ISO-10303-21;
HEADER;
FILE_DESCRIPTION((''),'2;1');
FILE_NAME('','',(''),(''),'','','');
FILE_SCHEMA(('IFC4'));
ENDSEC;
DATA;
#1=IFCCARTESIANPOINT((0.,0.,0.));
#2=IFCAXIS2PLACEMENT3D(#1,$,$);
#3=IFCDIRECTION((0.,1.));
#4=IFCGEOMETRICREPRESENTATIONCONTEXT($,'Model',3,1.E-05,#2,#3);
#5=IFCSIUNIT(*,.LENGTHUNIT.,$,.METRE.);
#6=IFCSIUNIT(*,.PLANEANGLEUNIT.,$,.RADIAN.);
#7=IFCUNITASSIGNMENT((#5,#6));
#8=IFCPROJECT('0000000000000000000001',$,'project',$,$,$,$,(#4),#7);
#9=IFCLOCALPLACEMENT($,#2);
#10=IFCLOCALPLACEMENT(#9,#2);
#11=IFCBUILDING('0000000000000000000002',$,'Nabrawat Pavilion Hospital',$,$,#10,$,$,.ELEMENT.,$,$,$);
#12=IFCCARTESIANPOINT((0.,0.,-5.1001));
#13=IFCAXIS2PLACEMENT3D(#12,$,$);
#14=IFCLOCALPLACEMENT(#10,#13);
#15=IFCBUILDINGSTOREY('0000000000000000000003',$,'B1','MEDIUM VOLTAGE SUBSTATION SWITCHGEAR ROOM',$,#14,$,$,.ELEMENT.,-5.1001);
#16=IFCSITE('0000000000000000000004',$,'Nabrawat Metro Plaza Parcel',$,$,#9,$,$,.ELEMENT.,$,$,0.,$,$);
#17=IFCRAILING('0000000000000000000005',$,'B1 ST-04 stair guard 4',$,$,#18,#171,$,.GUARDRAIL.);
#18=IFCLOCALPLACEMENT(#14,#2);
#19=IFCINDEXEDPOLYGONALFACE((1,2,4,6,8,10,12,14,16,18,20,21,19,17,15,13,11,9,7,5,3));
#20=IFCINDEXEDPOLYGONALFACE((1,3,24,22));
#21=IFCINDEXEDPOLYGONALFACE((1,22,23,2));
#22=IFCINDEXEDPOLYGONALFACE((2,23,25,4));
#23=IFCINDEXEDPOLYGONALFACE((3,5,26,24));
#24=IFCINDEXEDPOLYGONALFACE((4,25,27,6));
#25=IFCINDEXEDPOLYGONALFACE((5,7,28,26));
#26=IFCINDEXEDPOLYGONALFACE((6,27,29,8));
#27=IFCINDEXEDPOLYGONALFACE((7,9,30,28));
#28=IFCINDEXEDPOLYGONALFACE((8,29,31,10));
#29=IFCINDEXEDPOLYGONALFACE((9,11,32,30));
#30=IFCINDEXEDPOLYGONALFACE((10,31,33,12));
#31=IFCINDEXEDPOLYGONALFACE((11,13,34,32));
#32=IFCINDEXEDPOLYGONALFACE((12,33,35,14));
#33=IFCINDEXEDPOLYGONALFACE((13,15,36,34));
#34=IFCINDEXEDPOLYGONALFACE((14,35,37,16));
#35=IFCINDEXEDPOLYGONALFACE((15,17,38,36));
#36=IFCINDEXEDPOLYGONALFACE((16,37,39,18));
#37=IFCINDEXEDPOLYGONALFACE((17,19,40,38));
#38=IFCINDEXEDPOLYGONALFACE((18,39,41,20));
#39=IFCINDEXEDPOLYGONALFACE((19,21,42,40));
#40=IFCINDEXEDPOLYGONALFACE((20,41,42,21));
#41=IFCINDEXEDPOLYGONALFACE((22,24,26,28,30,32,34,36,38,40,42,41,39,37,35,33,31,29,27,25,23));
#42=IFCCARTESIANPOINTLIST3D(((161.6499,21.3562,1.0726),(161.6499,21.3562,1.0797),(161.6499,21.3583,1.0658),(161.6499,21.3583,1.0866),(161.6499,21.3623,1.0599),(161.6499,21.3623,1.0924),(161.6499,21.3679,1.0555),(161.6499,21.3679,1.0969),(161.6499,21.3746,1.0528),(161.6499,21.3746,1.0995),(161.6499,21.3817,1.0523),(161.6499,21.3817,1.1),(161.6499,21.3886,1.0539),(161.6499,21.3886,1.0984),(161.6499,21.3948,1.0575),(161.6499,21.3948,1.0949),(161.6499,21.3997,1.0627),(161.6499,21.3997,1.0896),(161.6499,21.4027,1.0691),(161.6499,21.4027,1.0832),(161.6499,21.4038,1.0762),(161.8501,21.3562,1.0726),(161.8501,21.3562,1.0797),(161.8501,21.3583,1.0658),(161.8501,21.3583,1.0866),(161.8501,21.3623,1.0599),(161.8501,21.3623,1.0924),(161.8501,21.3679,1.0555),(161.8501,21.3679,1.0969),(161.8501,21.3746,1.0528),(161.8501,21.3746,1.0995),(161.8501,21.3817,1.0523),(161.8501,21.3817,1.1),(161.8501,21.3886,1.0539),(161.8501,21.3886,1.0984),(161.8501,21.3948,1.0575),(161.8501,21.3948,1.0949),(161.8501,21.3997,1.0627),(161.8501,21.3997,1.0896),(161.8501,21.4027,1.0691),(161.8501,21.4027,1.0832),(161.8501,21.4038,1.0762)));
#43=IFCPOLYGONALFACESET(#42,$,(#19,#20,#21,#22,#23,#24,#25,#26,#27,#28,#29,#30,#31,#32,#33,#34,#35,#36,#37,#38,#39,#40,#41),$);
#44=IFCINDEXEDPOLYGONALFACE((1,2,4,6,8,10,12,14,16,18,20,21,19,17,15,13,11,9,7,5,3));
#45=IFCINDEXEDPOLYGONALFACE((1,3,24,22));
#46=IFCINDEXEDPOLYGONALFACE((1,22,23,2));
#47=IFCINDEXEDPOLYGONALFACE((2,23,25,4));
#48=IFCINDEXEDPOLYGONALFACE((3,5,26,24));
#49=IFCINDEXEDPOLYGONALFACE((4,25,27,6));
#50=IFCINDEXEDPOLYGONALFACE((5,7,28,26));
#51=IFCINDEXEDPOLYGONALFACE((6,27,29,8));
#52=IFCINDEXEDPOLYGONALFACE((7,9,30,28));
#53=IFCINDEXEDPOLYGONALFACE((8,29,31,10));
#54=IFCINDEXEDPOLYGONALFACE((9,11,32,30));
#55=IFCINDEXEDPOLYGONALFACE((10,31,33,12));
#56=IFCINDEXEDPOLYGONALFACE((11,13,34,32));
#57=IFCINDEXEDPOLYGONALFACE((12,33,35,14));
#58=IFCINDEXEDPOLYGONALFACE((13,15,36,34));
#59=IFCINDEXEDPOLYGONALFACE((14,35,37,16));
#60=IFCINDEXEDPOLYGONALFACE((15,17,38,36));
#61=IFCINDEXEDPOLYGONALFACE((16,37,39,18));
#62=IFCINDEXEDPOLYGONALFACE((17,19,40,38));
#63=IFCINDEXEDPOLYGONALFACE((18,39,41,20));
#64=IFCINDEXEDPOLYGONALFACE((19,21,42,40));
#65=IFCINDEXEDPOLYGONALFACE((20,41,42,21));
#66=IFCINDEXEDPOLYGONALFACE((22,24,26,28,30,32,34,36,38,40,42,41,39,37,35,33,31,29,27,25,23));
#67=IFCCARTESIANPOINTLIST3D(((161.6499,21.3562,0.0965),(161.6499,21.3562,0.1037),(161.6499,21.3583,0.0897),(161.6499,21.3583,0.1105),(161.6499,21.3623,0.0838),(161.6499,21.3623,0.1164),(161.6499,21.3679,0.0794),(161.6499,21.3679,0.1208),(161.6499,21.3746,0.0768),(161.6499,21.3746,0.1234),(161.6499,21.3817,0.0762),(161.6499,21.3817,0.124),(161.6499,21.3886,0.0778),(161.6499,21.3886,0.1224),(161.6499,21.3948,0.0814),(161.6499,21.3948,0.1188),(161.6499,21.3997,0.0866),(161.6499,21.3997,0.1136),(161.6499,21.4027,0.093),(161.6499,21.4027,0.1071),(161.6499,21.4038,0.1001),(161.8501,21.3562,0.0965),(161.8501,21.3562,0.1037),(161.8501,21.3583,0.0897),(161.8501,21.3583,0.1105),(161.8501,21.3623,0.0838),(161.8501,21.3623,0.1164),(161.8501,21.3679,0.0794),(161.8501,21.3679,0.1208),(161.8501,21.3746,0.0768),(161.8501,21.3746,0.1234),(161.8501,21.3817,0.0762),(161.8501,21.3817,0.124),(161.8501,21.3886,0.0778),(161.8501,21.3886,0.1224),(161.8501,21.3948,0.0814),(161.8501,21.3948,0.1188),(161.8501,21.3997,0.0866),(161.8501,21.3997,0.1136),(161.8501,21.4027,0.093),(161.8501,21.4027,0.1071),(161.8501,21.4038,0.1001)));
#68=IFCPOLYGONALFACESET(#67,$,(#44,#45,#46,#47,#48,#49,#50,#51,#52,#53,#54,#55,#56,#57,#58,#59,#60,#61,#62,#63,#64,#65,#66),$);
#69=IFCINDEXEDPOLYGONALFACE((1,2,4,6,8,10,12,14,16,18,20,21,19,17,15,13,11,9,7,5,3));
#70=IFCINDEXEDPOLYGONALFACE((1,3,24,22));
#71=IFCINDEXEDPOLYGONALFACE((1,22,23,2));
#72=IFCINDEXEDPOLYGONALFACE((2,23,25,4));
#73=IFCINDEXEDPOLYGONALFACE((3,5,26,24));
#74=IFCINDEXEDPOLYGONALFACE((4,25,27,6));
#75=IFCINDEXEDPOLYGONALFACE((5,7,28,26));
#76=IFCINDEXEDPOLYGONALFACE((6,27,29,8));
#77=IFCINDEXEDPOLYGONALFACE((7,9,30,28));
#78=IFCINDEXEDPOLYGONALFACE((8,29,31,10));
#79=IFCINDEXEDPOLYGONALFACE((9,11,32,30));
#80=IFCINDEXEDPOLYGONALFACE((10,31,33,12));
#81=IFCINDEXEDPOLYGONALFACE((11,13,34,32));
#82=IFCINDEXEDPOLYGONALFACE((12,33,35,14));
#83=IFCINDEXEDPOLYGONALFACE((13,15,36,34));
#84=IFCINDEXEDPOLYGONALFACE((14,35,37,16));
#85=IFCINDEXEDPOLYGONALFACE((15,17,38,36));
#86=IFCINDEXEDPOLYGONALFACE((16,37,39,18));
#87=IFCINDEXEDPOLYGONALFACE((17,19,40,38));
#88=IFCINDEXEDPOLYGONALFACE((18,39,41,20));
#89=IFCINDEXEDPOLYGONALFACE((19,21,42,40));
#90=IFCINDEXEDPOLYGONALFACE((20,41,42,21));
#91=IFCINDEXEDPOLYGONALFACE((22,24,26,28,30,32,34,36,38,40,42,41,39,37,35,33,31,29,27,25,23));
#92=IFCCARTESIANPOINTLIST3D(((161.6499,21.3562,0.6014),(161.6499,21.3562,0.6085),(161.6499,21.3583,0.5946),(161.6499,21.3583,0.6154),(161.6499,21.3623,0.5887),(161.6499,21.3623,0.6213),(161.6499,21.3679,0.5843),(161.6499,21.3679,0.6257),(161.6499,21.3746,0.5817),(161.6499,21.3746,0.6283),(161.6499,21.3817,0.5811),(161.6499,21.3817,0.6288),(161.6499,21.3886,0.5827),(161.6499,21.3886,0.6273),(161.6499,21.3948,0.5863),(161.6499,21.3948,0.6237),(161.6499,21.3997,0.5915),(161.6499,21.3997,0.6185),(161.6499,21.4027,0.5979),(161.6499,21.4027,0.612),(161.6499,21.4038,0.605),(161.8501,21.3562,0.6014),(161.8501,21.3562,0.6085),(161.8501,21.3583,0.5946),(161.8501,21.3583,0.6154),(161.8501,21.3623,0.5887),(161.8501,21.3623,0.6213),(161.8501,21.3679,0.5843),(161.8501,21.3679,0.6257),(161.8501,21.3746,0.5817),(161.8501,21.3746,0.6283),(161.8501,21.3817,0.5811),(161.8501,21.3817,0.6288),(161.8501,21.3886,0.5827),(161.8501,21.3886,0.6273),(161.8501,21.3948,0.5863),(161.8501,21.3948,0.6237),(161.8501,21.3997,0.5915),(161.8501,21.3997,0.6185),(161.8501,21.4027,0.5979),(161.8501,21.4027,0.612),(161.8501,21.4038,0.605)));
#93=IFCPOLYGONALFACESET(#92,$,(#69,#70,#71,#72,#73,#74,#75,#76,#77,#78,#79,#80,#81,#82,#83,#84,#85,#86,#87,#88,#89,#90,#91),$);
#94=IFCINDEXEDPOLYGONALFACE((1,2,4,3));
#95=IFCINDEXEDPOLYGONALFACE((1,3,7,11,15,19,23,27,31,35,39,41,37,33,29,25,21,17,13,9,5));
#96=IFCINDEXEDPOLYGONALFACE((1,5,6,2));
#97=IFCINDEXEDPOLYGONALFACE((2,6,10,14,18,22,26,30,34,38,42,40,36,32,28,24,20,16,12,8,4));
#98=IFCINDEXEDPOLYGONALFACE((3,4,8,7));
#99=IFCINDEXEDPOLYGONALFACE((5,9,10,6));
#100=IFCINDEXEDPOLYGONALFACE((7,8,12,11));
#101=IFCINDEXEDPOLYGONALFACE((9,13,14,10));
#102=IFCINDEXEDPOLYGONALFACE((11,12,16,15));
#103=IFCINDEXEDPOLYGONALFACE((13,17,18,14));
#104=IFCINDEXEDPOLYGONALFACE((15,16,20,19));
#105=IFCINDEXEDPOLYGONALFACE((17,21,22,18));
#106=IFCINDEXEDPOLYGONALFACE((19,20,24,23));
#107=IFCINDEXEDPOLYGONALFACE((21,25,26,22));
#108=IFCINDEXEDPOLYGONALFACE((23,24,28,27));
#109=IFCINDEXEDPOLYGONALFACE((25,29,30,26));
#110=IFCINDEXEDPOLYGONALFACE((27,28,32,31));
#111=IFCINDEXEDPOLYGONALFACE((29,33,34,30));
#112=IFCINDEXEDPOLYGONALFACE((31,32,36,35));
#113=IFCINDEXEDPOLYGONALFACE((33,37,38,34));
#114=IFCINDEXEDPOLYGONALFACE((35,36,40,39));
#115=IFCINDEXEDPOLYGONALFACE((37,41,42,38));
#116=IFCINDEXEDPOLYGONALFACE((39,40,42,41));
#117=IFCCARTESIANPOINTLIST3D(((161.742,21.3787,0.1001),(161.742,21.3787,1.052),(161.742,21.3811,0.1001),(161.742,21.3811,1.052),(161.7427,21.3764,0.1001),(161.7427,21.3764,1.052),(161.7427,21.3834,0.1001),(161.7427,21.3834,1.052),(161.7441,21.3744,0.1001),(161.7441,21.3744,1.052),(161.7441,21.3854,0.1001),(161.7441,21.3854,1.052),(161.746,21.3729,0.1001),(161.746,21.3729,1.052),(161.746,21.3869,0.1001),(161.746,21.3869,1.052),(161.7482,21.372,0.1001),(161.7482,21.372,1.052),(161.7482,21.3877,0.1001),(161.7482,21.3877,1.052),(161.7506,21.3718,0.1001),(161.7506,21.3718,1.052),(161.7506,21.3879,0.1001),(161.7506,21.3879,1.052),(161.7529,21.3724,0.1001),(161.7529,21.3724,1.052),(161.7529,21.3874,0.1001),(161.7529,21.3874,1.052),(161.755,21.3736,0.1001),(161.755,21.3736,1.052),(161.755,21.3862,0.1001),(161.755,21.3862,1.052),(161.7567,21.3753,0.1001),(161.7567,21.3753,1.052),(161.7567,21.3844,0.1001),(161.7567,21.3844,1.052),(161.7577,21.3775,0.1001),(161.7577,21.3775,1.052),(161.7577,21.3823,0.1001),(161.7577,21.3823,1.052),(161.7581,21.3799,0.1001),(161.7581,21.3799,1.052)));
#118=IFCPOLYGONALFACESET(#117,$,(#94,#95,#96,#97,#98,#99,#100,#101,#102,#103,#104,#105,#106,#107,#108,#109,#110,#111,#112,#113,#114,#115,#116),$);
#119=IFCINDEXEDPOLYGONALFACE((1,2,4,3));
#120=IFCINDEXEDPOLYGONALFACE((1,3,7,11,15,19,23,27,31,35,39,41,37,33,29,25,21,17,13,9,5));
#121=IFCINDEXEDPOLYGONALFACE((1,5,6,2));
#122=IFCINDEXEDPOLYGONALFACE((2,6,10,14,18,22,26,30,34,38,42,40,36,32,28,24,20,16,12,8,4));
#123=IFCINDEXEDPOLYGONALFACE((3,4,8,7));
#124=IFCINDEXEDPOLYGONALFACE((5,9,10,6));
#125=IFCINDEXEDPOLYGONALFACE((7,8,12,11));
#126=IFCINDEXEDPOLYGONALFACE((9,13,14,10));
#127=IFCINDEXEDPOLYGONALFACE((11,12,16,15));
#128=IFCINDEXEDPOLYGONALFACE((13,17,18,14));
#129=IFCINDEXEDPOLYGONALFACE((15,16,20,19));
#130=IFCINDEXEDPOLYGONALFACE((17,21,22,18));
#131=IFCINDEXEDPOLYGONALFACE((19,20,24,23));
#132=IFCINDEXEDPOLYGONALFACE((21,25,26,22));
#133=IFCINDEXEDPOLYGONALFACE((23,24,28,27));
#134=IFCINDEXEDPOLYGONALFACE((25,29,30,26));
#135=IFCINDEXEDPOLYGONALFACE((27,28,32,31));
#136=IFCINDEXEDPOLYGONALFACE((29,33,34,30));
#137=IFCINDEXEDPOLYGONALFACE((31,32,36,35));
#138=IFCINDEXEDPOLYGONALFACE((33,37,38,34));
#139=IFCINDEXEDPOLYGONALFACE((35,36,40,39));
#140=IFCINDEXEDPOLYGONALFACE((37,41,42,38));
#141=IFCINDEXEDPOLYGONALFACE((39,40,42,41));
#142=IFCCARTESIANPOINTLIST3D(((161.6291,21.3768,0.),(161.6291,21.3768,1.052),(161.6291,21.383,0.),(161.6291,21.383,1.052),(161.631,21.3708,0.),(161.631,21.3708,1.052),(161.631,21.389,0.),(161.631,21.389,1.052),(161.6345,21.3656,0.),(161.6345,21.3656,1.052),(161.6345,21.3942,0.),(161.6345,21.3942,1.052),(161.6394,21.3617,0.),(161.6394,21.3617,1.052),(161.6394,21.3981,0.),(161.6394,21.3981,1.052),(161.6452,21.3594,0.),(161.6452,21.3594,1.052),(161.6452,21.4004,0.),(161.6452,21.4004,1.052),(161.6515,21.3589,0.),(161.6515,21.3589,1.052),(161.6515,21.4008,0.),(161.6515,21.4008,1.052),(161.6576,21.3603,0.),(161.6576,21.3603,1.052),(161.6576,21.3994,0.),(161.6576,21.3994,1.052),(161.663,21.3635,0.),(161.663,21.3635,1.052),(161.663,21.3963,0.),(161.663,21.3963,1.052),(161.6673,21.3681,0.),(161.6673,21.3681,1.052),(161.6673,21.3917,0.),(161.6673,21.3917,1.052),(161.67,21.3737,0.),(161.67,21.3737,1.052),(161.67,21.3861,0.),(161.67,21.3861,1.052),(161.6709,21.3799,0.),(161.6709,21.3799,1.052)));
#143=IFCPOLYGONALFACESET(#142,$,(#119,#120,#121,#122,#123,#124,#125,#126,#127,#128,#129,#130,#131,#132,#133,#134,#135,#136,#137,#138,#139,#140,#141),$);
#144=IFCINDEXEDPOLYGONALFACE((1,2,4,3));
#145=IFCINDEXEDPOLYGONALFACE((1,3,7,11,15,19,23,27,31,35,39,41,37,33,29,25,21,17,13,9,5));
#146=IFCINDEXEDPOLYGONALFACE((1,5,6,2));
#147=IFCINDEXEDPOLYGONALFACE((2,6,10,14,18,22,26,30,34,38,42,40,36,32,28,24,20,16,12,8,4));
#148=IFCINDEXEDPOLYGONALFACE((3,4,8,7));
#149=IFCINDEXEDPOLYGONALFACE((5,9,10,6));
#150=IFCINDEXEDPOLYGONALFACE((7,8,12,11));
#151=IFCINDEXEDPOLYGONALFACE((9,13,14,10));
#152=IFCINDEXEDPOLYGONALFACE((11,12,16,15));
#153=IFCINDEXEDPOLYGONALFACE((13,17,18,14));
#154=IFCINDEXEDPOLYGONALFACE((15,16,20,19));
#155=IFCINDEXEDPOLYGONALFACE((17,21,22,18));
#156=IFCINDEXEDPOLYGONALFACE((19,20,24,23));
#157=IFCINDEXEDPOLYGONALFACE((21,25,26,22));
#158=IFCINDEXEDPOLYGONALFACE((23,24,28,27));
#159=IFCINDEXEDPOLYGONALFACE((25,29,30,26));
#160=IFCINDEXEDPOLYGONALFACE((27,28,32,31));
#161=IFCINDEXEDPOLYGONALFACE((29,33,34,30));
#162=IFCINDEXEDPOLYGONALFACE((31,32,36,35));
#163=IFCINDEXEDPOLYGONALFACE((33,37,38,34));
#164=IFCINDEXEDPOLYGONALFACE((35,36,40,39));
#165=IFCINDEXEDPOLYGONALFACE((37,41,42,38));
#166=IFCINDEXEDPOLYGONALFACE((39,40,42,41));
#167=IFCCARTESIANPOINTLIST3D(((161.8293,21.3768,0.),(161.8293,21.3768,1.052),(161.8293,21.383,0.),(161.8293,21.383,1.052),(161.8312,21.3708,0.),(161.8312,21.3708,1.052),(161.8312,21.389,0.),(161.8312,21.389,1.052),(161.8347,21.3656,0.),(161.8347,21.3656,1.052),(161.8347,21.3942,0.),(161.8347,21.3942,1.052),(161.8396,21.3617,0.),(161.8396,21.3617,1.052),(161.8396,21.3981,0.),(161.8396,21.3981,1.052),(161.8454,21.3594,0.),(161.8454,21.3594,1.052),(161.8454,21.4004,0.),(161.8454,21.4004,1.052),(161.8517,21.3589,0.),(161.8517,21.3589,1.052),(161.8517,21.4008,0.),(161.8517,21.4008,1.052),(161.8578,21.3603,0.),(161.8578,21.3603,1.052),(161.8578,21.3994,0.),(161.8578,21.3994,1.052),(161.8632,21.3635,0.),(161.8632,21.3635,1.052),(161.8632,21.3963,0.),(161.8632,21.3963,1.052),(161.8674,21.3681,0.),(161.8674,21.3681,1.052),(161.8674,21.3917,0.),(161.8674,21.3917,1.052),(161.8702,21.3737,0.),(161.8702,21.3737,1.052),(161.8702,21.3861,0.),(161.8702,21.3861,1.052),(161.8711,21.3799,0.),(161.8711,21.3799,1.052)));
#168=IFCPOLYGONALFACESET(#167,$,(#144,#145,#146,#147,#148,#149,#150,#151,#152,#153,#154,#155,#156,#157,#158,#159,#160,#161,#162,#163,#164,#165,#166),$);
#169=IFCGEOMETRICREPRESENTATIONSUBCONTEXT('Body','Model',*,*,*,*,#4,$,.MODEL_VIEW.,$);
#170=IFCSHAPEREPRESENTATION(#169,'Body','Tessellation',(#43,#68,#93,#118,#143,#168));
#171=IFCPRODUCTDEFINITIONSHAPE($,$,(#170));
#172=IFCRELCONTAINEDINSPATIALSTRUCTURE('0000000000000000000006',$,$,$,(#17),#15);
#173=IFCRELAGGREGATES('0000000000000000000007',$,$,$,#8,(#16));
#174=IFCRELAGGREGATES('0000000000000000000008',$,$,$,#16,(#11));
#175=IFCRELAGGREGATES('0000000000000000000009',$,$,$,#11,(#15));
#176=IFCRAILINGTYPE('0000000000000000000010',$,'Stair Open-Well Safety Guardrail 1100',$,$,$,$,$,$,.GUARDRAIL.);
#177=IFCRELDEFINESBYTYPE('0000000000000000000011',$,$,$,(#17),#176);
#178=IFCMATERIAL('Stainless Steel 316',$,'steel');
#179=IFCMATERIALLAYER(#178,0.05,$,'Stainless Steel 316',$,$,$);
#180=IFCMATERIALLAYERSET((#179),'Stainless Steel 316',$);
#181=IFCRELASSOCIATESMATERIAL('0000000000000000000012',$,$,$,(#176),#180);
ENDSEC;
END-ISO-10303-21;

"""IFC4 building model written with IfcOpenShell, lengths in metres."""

from ifc_helpers import new_model, si_unit, direction, frame, origin, origin_2d, place, context, subcontext, project, spatial, circle, extrude, material, layer, layer_set, type_object, element, save


model = new_model("IFC4")

# Units and contexts
model_context = context("Model", 3, precision=1e-05, world=origin(), true_north=direction((0.0, 1.0)))
body_context = subcontext(model_context, "Body", "Model", "MODEL_VIEW")
ifc_project = project(units=[si_unit("LENGTHUNIT", "METRE"), si_unit("PLANEANGLEUNIT", "RADIAN")], contexts=[model_context])

# Site, building, storey
site_placement = place(None, origin())
site = spatial("IfcSite", under=ifc_project, at=site_placement, Name="Nabrawat Metro Plaza Parcel", CompositionType="ELEMENT", RefElevation=0.0)
building_placement = place(site_placement, origin())
building = spatial("IfcBuilding", under=site, at=building_placement, Name="Nabrawat Pavilion Hospital", CompositionType="ELEMENT")
storey_placement = place(building_placement, frame((0.0, 0.0, -5.1001)))
storey = spatial("IfcBuildingStorey", under=building, at=storey_placement, Name="B1", Description="MEDIUM VOLTAGE SUBSTATION SWITCHGEAR ROOM", CompositionType="ELEMENT", Elevation=-5.1001)

# Railing
ifc_material_1 = material(Name="Stainless Steel 316", Category="steel")
ifc_layer_1 = layer(ifc_material_1, 0.05, Name="Stainless Steel 316")
ifc_layer_set_1 = layer_set([ifc_layer_1], Name="Stainless Steel 316")
railing_type_1 = type_object("IfcRailingType", Name="Stair Open-Well Safety Guardrail 1100", PredefinedType="GUARDRAIL", material=ifc_layer_set_1)
railing_1_placement = place(storey_placement, frame((161.6499, 21.3799, 0.0)))
element("IfcRailing", 1, at=railing_1_placement, inside=storey, type_object=railing_type_1, Name="B1 ST-04 stair guard 4", PredefinedType="GUARDRAIL", context=body_context, shape_type="SweptSolid", body=[
    extrude(circle(Radius=0.0239, at=origin_2d()), frame((0.0, 0.0, 1.0762), z_axis=(1.0, 0.0, 0.0), x_axis=(0.0, 1.0, 0.0)), (0.0, 0.0, 1.0), 0.2002),
    extrude(circle(Radius=0.0239, at=origin_2d()), frame((0.0, 0.0, 0.1001), z_axis=(1.0, 0.0, 0.0), x_axis=(0.0, 1.0, 0.0)), (0.0, 0.0, 1.0), 0.2002),
    extrude(circle(Radius=0.0239, at=origin_2d()), frame((0.0, 0.0, 0.605), z_axis=(1.0, 0.0, 0.0), x_axis=(0.0, 1.0, 0.0)), (0.0, 0.0, 1.0), 0.2002),
    extrude(circle(Radius=0.0081, at=origin_2d()), frame((0.1001, 0.0, 0.1001)), (0.0, 0.0, 1.0), 0.9519),
    extrude(circle(Radius=0.021, at=origin_2d()), origin(), (0.0, 0.0, 1.0), 1.052),
    extrude(circle(Radius=0.021, at=origin_2d()), frame((0.2002, 0.0, 0.0)), (0.0, 0.0, 1.0), 1.052),
])

save(model, "model.ifc")
